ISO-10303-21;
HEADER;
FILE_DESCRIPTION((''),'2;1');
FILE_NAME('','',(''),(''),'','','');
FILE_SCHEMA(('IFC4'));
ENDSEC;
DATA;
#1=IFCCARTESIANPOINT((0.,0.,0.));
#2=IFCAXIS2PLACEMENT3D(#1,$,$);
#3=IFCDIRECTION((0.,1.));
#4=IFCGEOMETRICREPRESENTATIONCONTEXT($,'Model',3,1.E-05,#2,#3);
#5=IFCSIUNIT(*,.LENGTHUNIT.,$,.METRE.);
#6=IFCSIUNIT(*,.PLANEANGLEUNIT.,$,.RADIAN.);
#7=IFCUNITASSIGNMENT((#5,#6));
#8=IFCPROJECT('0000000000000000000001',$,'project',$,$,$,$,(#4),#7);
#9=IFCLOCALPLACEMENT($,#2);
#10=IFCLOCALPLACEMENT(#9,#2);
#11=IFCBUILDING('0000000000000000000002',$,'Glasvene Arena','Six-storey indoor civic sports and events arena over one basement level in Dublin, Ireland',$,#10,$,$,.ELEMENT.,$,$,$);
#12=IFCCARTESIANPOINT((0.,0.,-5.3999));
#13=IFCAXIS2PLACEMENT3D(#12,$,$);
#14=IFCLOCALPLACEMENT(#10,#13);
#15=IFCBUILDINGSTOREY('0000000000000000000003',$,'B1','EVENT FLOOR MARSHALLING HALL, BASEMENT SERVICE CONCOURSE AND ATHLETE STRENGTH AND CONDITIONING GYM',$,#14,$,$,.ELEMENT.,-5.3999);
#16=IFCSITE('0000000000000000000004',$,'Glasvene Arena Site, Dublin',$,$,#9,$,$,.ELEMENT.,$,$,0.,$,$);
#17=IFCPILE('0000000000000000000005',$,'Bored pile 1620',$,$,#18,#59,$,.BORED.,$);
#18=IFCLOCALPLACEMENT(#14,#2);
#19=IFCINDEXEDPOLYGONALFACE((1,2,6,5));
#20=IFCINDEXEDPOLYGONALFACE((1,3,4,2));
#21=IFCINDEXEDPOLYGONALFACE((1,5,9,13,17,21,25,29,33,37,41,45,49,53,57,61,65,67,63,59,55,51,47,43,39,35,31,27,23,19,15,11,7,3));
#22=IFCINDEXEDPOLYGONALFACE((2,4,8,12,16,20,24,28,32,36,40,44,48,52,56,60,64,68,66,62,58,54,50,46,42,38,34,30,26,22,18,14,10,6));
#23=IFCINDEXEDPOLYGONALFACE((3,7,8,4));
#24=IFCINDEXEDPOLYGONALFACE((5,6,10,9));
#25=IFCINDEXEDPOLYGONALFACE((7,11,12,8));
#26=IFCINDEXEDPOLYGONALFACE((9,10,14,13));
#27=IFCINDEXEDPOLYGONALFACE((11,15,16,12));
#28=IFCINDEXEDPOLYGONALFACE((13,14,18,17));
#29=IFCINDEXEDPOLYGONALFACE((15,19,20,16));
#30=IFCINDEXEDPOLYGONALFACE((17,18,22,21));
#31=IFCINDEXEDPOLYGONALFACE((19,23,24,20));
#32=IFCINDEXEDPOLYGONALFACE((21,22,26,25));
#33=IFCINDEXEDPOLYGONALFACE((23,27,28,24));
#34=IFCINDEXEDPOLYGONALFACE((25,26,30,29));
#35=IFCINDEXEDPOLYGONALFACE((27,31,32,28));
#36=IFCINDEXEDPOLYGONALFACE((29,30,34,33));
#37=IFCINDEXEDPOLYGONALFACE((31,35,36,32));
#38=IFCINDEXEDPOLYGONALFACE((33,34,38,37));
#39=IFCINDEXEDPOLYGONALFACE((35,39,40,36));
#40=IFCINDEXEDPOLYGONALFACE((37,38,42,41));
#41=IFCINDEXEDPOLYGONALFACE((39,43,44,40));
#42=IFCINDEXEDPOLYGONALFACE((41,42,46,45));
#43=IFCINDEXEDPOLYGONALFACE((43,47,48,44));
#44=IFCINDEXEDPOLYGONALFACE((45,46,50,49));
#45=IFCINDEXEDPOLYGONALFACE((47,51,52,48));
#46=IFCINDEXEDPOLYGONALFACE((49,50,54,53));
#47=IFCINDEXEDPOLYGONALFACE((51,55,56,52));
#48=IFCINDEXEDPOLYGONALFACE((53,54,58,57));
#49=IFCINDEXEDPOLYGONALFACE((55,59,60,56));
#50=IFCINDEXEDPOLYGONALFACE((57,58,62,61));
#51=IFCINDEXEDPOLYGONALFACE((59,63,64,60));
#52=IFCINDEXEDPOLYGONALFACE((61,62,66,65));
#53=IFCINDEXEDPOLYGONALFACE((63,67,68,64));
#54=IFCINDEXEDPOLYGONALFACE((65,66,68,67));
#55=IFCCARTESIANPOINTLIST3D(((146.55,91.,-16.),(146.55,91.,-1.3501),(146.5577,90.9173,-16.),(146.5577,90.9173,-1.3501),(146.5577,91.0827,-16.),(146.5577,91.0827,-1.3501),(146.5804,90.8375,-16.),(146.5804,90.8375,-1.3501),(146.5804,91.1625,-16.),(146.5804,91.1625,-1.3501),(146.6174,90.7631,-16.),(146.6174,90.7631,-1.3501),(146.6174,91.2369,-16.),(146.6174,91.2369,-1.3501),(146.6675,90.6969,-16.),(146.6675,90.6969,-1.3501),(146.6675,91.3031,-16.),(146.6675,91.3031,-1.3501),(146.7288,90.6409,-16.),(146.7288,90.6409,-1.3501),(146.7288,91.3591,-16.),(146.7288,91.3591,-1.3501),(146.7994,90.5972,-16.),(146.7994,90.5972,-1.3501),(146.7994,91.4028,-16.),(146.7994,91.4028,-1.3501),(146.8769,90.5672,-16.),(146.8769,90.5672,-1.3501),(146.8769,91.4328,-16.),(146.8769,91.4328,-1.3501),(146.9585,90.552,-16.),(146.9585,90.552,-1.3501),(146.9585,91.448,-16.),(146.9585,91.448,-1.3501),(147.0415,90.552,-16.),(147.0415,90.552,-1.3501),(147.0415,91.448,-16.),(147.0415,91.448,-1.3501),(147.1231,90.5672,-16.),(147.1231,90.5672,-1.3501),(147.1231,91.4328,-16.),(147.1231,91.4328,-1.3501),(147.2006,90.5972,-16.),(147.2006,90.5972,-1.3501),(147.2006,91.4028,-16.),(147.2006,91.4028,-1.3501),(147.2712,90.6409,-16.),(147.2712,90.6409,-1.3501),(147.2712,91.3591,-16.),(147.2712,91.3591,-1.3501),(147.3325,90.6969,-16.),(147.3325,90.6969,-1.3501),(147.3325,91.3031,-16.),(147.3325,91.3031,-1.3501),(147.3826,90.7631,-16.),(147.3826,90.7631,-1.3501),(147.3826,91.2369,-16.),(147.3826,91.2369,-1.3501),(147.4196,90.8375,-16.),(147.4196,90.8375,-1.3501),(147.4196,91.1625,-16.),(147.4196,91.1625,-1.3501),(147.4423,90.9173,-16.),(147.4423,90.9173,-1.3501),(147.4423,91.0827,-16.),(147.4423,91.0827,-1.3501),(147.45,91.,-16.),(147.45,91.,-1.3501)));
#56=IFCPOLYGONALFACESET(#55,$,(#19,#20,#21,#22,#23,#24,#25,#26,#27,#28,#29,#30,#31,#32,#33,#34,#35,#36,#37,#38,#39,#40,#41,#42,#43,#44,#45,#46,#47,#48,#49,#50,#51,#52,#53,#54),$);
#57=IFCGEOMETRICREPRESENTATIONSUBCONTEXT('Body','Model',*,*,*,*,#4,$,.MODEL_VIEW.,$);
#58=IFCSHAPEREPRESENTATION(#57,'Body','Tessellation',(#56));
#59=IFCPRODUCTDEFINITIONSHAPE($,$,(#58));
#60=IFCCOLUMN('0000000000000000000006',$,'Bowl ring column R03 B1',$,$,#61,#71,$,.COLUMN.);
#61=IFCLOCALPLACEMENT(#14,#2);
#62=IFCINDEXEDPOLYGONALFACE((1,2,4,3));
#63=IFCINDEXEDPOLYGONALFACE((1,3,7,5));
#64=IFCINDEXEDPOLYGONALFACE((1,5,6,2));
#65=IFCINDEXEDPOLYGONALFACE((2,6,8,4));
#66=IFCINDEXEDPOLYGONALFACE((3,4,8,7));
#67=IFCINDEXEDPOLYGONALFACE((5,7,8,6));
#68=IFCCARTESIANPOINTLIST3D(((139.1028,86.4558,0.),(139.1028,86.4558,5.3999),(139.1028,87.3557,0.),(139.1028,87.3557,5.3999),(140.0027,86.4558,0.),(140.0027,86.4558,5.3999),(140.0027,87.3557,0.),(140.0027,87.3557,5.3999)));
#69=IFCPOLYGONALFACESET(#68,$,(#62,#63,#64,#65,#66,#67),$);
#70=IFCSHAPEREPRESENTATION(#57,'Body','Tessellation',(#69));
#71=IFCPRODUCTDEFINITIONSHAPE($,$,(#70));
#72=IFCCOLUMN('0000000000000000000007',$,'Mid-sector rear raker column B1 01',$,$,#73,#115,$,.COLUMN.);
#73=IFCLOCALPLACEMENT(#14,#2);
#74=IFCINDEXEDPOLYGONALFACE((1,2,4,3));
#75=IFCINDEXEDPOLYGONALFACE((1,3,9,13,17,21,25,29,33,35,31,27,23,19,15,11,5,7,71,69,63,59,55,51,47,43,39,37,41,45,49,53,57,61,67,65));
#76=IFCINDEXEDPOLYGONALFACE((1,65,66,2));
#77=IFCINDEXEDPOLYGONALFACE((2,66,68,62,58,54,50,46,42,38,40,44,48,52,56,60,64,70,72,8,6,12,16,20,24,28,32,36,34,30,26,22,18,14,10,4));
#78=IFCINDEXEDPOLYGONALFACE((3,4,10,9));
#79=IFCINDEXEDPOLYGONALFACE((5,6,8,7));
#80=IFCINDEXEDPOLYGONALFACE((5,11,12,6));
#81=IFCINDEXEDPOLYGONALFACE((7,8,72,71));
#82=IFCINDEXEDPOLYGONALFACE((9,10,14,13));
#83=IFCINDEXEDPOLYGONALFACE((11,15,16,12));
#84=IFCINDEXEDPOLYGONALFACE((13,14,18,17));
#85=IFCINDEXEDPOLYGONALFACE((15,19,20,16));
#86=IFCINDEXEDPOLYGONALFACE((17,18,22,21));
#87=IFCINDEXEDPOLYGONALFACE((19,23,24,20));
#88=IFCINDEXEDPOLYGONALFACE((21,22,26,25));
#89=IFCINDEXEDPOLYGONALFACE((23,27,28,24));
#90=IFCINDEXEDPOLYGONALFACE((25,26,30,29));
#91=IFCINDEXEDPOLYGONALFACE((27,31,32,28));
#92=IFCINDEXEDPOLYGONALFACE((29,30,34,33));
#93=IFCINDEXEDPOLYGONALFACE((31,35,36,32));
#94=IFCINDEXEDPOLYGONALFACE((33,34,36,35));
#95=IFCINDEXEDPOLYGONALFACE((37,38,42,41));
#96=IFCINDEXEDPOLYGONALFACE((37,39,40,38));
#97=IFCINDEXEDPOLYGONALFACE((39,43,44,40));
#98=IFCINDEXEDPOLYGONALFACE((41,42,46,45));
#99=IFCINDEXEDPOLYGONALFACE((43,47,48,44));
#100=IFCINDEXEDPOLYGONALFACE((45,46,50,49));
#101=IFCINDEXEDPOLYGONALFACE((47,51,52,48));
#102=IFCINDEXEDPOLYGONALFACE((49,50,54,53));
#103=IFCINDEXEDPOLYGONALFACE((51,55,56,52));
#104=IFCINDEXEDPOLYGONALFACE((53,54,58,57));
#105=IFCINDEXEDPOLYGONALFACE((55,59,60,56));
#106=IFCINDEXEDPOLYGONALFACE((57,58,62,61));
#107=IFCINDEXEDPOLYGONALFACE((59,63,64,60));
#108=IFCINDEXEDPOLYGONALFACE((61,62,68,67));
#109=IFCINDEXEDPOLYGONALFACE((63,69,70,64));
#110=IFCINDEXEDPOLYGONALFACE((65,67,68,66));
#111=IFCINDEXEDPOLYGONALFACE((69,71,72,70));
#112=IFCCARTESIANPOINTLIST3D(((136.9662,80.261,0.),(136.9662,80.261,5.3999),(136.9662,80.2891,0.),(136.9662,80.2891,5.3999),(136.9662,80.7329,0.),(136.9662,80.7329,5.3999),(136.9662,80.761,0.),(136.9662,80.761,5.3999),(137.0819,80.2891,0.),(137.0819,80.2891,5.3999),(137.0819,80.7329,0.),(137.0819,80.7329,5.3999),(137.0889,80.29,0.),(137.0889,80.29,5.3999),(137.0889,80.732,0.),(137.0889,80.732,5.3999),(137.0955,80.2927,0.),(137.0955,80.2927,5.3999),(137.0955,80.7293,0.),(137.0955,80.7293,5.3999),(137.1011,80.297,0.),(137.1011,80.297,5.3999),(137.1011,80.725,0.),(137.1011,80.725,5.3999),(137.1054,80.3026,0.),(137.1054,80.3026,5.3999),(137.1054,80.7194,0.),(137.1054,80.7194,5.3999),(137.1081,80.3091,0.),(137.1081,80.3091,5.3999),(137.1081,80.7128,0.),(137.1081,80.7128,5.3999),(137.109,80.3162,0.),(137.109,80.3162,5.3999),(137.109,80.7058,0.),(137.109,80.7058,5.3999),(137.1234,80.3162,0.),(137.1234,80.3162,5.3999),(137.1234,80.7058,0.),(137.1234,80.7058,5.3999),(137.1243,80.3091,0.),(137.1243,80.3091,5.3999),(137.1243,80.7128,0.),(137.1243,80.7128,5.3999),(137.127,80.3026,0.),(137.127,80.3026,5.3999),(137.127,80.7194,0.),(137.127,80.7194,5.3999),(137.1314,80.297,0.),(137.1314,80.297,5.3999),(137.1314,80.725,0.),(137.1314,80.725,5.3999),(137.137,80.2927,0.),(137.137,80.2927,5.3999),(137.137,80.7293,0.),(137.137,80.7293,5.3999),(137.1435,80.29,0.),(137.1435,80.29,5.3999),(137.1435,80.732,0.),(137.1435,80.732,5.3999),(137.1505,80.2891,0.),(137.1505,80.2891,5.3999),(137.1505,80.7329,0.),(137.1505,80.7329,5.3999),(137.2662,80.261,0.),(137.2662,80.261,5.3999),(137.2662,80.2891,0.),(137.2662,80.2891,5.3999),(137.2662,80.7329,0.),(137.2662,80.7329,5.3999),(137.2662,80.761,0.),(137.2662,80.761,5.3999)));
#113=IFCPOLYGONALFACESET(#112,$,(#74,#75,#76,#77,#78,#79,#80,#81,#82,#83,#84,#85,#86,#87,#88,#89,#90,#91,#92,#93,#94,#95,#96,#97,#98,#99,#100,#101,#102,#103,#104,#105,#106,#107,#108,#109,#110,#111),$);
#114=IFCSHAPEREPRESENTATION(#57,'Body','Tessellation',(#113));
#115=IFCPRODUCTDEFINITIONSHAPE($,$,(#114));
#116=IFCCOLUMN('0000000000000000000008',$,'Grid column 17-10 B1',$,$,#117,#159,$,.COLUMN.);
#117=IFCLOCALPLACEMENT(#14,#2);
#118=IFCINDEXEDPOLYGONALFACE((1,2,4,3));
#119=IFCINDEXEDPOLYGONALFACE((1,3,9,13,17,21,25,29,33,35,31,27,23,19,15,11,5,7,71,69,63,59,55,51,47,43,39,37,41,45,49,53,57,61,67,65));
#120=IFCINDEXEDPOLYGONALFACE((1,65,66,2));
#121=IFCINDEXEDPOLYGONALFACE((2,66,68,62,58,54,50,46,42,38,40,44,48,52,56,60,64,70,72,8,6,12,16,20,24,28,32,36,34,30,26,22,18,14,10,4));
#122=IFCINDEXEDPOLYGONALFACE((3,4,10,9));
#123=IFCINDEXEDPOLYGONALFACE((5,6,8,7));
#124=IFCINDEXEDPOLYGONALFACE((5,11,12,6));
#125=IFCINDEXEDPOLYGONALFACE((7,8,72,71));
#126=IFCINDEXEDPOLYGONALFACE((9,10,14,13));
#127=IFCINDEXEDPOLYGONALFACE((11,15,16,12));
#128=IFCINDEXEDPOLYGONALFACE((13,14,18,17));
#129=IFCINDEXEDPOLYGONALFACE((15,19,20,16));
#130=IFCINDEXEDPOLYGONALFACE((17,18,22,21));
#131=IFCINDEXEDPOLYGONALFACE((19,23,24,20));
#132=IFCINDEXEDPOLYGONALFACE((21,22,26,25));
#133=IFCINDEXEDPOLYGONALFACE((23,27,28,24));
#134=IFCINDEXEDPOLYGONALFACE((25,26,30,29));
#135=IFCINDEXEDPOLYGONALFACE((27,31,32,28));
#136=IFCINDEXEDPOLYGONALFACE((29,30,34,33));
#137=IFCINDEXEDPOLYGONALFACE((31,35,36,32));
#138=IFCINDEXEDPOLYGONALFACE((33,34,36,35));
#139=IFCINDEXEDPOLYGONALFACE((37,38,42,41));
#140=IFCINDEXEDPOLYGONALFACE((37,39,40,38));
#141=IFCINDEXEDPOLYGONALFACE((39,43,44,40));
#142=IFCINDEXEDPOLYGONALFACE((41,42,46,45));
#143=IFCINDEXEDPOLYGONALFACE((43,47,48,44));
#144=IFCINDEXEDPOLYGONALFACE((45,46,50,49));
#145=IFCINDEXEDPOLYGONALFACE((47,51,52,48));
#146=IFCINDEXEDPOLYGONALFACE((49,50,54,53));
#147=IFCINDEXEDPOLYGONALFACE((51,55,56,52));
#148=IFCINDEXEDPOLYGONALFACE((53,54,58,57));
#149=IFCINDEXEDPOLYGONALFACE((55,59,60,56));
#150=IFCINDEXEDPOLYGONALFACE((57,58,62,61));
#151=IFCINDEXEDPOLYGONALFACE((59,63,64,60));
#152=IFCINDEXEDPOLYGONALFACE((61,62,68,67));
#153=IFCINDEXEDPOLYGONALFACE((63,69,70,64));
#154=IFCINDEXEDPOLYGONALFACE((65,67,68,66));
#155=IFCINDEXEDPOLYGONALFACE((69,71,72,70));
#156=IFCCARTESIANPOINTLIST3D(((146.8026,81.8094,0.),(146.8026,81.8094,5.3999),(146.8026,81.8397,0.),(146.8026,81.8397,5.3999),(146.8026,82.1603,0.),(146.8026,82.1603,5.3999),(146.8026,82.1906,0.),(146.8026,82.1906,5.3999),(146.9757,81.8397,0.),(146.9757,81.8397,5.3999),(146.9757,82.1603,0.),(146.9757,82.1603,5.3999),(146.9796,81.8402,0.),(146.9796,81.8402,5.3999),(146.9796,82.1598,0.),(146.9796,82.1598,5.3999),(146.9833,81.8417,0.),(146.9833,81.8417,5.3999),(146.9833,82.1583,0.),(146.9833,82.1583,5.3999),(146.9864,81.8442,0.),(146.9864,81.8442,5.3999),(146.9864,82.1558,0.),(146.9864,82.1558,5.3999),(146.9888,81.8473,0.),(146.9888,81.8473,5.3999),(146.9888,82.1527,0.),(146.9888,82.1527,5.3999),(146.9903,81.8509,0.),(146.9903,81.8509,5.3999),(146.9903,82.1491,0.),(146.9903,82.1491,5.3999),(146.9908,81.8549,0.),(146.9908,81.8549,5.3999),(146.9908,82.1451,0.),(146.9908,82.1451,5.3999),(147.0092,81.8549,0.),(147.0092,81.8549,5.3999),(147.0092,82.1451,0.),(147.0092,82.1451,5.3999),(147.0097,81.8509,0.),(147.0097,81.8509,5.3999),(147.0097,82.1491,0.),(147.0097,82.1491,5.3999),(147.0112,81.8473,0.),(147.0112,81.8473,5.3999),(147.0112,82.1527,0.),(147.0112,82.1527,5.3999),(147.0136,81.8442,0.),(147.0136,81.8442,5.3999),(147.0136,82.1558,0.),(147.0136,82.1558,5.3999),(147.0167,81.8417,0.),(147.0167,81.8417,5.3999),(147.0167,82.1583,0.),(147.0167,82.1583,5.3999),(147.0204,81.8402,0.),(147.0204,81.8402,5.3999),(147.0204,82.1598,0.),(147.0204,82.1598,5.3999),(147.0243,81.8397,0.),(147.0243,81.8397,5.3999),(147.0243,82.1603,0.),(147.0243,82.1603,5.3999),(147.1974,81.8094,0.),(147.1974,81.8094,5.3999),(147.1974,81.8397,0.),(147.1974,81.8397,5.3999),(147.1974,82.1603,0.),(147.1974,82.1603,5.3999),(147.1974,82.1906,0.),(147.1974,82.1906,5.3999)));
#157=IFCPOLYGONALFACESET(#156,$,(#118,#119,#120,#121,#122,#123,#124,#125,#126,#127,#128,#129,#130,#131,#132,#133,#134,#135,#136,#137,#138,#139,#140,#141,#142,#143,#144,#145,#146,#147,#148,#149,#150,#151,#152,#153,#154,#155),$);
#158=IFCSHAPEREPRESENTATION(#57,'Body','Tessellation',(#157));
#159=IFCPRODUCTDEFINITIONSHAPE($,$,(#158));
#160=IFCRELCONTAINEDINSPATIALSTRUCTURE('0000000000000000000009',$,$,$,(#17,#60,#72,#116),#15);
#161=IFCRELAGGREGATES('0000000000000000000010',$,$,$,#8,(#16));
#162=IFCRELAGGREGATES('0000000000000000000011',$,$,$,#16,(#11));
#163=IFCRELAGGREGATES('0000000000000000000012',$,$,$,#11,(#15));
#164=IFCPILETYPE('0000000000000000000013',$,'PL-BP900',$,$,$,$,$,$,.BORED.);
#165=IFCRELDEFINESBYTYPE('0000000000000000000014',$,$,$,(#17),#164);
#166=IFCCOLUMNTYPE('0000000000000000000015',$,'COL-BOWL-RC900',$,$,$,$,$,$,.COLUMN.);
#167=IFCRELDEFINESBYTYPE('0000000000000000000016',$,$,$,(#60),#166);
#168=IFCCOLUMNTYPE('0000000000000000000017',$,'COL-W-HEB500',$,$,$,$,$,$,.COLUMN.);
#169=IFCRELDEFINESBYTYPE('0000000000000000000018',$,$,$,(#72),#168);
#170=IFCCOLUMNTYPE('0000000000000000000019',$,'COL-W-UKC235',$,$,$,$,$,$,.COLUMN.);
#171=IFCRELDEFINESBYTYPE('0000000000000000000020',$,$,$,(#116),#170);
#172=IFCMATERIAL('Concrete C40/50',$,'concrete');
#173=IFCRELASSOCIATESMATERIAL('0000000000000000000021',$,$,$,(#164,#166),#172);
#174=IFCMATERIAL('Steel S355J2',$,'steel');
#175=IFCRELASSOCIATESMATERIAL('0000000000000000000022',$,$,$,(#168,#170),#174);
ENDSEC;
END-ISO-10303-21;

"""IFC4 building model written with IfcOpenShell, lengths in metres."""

from ifc_helpers import new_model, si_unit, direction, frame, origin, origin_2d, place, context, subcontext, project, spatial, rectangle, circle, i_section, extrude, material, material_profile, profile_set, type_object, element, save


model = new_model("IFC4")

# Units and contexts
model_context = context("Model", 3, precision=1e-05, world=origin(), true_north=direction((0.0, 1.0)))
body_context = subcontext(model_context, "Body", "Model", "MODEL_VIEW")
ifc_project = project(units=[si_unit("LENGTHUNIT", "METRE"), si_unit("PLANEANGLEUNIT", "RADIAN")], contexts=[model_context])

# Site, building, storey
site_placement = place(None, origin())
site = spatial("IfcSite", under=ifc_project, at=site_placement, Name="Glasvene Arena Site, Dublin", CompositionType="ELEMENT", RefElevation=0.0)
building_placement = place(site_placement, origin())
building = spatial("IfcBuilding", under=site, at=building_placement, Name="Glasvene Arena", Description="Six-storey indoor civic sports and events arena over one basement level in Dublin, Ireland", CompositionType="ELEMENT")
storey_placement = place(building_placement, frame((0.0, 0.0, -5.3999)))
storey = spatial("IfcBuildingStorey", under=building, at=storey_placement, Name="B1", Description="EVENT FLOOR MARSHALLING HALL, BASEMENT SERVICE CONCOURSE AND ATHLETE STRENGTH AND CONDITIONING GYM", CompositionType="ELEMENT", Elevation=-5.3999)

# Shared definitions
ifc_material_1 = material(Name="Concrete C40/50", Category="concrete")

# Pile
ifc_material_profile_1 = material_profile(ifc_material_1, circle(Radius=0.45, at=origin_2d()), Name="BORED PILE 900")
ifc_profile_set_1 = profile_set([ifc_material_profile_1], Name="Concrete C40/50")
pile_type_1 = type_object("IfcPileType", Name="PL-BP900", PredefinedType="BORED", material=ifc_profile_set_1)
pile_placement = place(storey_placement, frame((147.0, 91.0, -1.3501), z_axis=(0.0, 0.0, -1.0), x_axis=(1.0, 0.0, 0.0)))
element("IfcPile", 1, at=pile_placement, inside=storey, type_object=pile_type_1, Name="Bored pile 1620", PredefinedType="BORED", context=body_context, shape_type="SweptSolid", body=[
    extrude(circle(Radius=0.45, at=origin_2d()), origin(), (0.0, 0.0, 1.0), 14.6499),
])

# Columns
ifc_material_profile_2 = material_profile(ifc_material_1, rectangle(XDim=0.8999, YDim=0.8999, at=origin_2d()), Name="RC 900x900")
ifc_profile_set_2 = profile_set([ifc_material_profile_2], Name="Concrete C40/50")
column_type_1 = type_object("IfcColumnType", Name="COL-BOWL-RC900", PredefinedType="COLUMN", material=ifc_profile_set_2)
column_1_placement = place(storey_placement, frame((139.5527, 86.9058, 0.0), z_axis=(0.0, 0.0, 1.0), x_axis=(1.0, 0.0, 0.0)))
element("IfcColumn", 2, at=column_1_placement, inside=storey, type_object=column_type_1, Name="Bowl ring column R03 B1", PredefinedType="COLUMN", context=body_context, shape_type="SweptSolid", body=[
    extrude(rectangle(XDim=0.8999, YDim=0.8999, at=origin_2d()), origin(), (0.0, 0.0, 1.0), 5.3999),
])
ifc_material_2 = material(Name="Steel S355J2", Category="steel")
ifc_material_profile_3 = material_profile(ifc_material_2, i_section(OverallWidth=0.3, OverallDepth=0.5, WebThickness=0.0144, FlangeThickness=0.0281, FilletRadius=0.0271, at=origin_2d()), Name="HEB 500")
ifc_profile_set_3 = profile_set([ifc_material_profile_3], Name="Steel S355J2")
column_type_2 = type_object("IfcColumnType", Name="COL-W-HEB500", PredefinedType="COLUMN", material=ifc_profile_set_3)
column_2_placement = place(storey_placement, frame((137.1162, 80.511, 0.0), z_axis=(0.0, 0.0, 1.0), x_axis=(1.0, 0.0, 0.0)))
element("IfcColumn", 3, at=column_2_placement, inside=storey, type_object=column_type_2, Name="Mid-sector rear raker column B1 01", PredefinedType="COLUMN", context=body_context, shape_type="SweptSolid", body=[
    extrude(i_section(OverallWidth=0.3, OverallDepth=0.5, WebThickness=0.0144, FlangeThickness=0.0281, FilletRadius=0.0271, at=origin_2d()), origin(), (0.0, 0.0, 1.0), 5.3999),
])
ifc_material_profile_4 = material_profile(ifc_material_2, i_section(OverallWidth=0.3948, OverallDepth=0.3811, WebThickness=0.0183, FlangeThickness=0.0303, FilletRadius=0.0151, at=origin_2d()), Name="UKC 356x406x235")
ifc_profile_set_4 = profile_set([ifc_material_profile_4], Name="Steel S355J2")
column_type_3 = type_object("IfcColumnType", Name="COL-W-UKC235", PredefinedType="COLUMN", material=ifc_profile_set_4)
column_3_placement = place(storey_placement, frame((147.0, 82.0, 0.0), z_axis=(0.0, 0.0, 1.0), x_axis=(1.0, 0.0, 0.0)))
element("IfcColumn", 4, at=column_3_placement, inside=storey, type_object=column_type_3, Name="Grid column 17-10 B1", PredefinedType="COLUMN", context=body_context, shape_type="SweptSolid", body=[
    extrude(i_section(OverallWidth=0.3948, OverallDepth=0.3811, WebThickness=0.0183, FlangeThickness=0.0303, FilletRadius=0.0151, at=origin_2d()), origin(), (0.0, 0.0, 1.0), 5.3999),
])

save(model, "model.ifc")
